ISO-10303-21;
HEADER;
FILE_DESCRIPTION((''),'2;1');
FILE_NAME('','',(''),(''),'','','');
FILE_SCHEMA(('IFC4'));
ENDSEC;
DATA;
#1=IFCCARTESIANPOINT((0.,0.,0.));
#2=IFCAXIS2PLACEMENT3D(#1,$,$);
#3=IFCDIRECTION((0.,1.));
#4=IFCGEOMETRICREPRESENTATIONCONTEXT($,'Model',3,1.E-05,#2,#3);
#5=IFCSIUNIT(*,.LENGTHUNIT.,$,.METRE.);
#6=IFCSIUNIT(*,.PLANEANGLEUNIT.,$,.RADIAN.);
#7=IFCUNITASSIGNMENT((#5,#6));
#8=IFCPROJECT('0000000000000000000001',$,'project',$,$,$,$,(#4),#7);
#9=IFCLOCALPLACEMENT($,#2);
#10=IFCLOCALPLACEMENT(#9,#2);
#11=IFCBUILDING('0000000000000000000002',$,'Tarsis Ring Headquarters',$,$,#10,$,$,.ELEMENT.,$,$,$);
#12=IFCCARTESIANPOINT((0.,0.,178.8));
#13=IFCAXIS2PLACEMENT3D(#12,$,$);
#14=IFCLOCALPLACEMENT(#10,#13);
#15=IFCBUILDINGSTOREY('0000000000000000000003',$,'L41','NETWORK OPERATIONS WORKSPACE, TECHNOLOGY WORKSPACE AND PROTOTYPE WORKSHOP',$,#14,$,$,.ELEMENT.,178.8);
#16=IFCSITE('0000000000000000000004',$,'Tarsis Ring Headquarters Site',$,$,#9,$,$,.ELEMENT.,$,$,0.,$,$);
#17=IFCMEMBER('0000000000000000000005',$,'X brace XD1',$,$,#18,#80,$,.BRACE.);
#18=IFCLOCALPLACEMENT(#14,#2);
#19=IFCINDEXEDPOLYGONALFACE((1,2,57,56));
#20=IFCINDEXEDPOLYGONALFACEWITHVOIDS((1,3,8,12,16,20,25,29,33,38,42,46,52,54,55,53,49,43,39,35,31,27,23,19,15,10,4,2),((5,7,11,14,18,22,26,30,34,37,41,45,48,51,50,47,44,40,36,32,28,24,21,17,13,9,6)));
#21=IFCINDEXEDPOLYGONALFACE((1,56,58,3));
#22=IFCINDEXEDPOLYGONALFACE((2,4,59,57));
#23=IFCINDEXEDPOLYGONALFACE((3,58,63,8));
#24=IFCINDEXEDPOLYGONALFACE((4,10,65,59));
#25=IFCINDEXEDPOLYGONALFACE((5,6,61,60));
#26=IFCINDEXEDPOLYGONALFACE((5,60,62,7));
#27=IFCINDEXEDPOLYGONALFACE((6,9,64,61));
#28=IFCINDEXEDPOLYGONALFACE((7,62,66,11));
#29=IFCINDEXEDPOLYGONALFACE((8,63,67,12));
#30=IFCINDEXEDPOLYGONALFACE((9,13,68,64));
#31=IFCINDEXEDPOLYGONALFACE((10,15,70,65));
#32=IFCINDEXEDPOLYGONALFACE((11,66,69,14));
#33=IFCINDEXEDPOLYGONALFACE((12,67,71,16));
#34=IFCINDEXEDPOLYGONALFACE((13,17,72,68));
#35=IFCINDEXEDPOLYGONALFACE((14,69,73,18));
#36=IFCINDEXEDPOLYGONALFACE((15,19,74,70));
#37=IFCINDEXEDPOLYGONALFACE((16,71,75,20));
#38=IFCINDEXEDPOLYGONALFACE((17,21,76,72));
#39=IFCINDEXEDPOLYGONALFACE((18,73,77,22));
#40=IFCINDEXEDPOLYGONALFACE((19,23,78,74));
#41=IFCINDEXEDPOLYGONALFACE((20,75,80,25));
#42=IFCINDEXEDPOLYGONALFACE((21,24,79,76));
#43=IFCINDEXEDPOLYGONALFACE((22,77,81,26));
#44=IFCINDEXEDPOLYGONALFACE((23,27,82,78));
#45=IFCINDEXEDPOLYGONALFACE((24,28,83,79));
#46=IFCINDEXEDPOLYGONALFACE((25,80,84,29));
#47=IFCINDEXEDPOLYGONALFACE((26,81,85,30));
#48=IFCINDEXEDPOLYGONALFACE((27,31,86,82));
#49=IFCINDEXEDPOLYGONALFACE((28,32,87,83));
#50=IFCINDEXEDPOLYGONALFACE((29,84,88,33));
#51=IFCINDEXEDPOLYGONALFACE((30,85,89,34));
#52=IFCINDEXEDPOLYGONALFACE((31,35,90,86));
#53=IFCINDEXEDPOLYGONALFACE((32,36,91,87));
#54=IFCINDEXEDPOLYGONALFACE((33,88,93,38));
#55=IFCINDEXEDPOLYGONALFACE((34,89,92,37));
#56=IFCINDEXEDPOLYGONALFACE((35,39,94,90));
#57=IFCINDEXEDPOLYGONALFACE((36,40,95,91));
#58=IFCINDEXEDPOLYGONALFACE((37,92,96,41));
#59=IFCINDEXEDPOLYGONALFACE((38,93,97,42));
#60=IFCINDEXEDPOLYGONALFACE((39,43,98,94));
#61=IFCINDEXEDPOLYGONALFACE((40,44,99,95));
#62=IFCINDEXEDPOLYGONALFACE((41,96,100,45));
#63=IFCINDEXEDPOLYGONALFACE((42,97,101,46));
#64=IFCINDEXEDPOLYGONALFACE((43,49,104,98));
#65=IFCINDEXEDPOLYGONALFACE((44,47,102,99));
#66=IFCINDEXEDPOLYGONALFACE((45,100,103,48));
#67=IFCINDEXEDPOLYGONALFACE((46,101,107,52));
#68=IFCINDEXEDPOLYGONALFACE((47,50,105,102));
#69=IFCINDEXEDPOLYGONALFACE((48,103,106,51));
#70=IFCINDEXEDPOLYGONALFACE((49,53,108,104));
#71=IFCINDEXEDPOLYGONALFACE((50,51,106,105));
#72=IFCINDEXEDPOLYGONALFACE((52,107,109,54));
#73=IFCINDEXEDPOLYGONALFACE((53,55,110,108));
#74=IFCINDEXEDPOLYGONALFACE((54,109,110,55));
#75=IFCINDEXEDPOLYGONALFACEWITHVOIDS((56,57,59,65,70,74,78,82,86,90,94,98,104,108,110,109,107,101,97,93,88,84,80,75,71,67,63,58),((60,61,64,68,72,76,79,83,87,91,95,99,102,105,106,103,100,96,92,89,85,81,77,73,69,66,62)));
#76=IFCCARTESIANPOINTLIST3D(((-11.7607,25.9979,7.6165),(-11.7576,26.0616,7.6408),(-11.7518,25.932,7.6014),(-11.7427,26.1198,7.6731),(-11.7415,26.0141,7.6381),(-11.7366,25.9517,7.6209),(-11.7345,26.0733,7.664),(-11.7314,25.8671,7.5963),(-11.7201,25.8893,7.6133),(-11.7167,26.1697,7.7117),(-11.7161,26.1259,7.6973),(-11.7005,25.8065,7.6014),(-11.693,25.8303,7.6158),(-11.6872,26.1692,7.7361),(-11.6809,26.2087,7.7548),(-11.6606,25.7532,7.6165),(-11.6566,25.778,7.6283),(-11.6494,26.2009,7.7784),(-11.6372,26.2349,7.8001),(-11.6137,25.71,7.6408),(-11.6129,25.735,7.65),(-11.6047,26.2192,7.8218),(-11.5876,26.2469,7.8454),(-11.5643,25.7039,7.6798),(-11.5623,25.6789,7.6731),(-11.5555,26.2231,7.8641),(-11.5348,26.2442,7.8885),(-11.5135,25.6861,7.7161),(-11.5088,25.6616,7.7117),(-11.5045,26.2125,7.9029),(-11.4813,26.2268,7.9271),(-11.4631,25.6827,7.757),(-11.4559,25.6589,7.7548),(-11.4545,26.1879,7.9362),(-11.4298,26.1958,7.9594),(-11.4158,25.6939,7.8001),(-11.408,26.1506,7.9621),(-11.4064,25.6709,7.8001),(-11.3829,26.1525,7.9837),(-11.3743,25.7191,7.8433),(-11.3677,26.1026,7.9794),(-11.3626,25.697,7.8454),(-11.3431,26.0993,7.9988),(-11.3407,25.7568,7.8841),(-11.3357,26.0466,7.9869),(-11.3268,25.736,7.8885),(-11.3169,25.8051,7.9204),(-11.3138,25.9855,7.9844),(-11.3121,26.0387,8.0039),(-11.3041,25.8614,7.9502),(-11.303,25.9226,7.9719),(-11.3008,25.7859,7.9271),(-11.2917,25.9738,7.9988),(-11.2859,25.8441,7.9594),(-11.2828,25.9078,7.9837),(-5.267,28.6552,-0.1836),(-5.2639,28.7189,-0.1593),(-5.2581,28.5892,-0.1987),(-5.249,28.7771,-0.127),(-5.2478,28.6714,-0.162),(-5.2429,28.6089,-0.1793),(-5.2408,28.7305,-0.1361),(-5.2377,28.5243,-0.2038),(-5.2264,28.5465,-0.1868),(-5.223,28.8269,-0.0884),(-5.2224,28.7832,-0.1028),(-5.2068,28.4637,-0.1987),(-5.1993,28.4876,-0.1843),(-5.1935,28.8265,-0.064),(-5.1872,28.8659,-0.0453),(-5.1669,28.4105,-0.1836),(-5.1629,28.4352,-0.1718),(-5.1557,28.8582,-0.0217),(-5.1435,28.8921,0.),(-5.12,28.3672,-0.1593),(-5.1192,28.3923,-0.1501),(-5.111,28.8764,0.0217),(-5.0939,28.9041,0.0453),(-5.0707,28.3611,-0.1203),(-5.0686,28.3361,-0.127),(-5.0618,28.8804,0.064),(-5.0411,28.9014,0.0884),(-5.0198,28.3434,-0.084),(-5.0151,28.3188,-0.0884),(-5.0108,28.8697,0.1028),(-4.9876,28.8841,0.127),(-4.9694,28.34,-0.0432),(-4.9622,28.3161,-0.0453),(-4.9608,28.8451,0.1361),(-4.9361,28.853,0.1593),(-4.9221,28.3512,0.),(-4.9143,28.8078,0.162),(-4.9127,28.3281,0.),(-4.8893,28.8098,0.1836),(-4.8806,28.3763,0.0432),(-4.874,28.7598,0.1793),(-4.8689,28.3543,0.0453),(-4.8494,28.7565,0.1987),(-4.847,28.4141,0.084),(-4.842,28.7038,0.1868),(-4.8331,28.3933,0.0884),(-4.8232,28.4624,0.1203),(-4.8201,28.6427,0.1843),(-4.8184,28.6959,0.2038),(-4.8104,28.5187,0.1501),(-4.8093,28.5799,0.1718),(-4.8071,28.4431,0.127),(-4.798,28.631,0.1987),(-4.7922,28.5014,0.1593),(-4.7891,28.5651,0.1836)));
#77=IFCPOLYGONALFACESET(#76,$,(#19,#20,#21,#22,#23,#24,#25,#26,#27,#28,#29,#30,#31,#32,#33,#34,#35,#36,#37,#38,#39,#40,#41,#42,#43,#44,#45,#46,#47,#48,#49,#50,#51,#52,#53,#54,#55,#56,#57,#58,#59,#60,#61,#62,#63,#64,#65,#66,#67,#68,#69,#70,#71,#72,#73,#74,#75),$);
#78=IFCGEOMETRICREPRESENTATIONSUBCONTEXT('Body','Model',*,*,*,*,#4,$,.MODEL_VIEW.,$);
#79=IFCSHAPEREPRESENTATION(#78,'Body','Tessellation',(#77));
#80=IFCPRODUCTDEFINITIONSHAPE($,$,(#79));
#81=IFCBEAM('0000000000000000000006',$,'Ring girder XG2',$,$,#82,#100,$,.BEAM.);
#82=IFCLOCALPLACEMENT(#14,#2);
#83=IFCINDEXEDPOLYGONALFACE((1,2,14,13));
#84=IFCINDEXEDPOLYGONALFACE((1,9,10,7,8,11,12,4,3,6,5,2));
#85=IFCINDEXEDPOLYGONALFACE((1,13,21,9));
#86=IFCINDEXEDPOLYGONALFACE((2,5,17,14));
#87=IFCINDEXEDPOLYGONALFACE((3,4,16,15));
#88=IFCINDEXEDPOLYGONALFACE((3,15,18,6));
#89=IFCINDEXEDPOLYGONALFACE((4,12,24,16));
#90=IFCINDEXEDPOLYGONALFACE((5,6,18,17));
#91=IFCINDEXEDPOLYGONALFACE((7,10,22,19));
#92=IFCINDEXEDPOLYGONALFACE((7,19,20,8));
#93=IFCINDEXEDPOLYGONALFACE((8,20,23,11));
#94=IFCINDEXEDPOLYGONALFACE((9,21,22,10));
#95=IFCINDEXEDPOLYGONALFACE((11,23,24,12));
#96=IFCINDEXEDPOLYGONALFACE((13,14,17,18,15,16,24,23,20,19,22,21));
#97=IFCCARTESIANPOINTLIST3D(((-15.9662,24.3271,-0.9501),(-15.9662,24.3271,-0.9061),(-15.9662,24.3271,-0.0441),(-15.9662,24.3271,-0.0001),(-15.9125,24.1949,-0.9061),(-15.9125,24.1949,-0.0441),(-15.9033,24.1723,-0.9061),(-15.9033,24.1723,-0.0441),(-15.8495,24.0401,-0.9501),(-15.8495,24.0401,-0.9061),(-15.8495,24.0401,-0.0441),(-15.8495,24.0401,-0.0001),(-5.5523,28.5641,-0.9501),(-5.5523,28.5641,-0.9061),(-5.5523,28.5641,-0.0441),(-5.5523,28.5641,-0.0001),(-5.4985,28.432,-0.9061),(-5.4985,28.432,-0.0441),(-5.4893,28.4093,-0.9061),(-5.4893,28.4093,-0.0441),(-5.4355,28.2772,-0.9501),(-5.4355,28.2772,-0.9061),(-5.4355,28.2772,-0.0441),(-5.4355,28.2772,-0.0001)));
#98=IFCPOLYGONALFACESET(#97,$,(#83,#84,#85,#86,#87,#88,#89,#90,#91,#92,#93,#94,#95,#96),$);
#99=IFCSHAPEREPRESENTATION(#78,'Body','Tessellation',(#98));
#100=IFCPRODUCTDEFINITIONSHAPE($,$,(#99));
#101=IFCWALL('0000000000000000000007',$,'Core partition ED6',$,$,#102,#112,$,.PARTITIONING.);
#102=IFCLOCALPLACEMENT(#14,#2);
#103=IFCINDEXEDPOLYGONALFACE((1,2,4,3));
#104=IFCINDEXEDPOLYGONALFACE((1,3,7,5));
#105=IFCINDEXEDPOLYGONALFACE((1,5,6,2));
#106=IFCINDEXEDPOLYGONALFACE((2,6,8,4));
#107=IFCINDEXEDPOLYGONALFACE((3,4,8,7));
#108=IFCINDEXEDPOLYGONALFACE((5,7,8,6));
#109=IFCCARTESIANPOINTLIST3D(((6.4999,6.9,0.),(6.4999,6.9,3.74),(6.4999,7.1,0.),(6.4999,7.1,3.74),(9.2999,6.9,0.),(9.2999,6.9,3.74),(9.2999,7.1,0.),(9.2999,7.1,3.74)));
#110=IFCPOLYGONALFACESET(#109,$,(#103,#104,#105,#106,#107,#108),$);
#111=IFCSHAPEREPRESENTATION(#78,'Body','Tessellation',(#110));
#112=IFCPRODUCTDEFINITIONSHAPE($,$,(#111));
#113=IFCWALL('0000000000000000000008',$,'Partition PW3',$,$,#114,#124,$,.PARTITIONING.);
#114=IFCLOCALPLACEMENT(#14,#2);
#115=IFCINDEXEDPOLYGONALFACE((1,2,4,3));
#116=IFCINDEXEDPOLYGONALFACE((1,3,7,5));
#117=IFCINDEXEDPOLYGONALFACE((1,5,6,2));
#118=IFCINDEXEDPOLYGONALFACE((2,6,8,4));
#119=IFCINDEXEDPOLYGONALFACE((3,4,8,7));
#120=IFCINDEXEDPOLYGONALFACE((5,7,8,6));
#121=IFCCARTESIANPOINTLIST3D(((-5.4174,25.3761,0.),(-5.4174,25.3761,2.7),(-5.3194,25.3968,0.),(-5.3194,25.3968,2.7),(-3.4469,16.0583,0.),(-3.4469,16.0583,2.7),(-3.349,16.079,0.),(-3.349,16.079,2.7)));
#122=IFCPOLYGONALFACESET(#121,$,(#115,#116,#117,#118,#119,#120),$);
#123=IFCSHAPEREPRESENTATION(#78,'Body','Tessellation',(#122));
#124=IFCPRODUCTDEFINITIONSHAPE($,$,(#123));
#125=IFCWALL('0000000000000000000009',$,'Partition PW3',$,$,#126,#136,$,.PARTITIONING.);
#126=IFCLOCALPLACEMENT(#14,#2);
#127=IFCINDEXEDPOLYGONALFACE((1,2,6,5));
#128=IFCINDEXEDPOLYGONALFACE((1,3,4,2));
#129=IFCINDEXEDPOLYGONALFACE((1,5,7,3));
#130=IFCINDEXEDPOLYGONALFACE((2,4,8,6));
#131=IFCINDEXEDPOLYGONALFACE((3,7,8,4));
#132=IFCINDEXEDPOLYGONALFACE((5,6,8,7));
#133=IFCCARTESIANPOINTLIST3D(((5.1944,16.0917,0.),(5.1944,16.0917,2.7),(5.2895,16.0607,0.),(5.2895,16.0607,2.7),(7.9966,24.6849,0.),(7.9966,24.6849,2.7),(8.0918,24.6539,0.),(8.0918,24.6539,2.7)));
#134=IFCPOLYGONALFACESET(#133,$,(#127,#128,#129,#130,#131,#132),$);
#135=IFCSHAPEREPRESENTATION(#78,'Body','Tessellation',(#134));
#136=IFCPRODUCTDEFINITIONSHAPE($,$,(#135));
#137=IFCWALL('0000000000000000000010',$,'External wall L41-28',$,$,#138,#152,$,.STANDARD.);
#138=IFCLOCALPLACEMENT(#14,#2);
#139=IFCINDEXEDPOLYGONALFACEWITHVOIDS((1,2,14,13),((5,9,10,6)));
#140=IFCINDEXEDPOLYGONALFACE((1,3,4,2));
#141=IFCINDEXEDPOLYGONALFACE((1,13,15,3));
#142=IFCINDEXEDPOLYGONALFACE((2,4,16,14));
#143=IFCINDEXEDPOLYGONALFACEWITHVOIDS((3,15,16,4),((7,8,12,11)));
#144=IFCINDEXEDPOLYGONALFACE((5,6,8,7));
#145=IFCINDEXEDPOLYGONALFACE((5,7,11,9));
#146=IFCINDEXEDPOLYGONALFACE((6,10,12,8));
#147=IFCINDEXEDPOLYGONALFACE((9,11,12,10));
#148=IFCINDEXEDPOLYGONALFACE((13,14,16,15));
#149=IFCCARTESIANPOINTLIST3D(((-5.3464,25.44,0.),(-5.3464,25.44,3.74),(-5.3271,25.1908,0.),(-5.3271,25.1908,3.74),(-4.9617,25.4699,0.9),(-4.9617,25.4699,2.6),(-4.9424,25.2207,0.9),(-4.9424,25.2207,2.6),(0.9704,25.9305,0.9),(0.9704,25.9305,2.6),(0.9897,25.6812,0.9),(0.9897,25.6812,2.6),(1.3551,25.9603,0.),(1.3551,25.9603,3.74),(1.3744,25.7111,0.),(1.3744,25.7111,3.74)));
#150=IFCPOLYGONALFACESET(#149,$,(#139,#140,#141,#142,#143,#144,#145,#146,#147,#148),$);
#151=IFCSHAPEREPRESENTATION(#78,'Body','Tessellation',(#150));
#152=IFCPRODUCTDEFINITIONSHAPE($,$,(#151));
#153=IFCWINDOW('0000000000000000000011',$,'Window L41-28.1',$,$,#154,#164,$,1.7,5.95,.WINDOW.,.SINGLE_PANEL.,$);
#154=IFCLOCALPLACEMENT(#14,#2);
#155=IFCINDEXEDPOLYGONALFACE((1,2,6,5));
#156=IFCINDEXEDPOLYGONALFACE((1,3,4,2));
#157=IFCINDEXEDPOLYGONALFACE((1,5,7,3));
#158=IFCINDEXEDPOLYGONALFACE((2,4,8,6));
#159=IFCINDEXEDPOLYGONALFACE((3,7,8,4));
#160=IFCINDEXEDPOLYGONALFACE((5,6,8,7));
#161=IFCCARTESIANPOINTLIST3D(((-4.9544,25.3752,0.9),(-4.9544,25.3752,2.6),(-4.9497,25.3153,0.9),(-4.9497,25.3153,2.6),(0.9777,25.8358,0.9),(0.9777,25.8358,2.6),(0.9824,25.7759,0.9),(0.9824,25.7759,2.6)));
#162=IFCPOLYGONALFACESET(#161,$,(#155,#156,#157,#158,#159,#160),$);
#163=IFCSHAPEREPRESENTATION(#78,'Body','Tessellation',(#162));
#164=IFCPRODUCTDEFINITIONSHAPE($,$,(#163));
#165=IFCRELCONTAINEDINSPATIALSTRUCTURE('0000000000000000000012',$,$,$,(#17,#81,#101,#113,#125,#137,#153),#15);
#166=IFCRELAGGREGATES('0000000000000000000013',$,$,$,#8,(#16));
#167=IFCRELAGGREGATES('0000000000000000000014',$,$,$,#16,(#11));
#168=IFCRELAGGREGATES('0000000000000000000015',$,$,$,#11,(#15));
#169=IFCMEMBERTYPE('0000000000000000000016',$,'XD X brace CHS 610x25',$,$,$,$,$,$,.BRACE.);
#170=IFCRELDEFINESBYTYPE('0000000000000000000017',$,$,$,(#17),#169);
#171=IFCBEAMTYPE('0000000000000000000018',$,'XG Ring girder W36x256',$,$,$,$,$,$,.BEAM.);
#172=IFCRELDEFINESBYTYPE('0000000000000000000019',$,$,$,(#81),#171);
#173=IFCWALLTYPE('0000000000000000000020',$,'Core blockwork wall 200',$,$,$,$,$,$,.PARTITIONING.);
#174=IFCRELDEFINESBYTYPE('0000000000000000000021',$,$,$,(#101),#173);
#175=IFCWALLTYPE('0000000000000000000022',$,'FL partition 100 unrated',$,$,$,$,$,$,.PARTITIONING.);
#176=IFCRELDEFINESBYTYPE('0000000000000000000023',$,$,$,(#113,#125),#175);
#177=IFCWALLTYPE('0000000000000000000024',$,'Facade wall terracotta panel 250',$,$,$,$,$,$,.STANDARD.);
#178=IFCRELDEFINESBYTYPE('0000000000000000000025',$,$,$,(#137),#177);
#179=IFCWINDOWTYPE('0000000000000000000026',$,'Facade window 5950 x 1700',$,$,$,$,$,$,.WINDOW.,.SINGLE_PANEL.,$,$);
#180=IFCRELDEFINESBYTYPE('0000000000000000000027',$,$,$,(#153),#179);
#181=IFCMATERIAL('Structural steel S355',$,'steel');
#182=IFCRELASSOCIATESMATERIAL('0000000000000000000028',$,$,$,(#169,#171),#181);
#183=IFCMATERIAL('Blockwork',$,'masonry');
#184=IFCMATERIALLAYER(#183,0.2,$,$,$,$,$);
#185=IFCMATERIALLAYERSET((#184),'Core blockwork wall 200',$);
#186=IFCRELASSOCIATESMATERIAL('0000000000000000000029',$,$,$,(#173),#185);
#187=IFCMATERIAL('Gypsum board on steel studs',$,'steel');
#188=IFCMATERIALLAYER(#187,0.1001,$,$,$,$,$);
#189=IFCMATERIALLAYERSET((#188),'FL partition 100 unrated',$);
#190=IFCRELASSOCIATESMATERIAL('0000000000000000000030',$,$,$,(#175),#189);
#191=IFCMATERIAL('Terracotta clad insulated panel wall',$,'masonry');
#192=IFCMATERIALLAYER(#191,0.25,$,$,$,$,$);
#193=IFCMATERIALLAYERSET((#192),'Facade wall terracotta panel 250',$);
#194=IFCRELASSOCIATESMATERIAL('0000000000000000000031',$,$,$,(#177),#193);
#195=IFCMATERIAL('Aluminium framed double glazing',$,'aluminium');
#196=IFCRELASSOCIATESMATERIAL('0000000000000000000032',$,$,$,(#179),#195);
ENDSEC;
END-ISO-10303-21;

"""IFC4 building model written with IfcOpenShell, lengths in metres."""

from ifc_helpers import new_model, si_unit, direction, frame, frame_2d, origin, origin_2d, place, context, subcontext, project, spatial, rectangle, hollow_circle, i_section, extrude, material, layer, layer_set, material_profile, profile_set, type_object, element, fill, save


model = new_model("IFC4")

# Units and contexts
model_context = context("Model", 3, precision=1e-05, world=origin(), true_north=direction((0.0, 1.0)))
body_context = subcontext(model_context, "Body", "Model", "MODEL_VIEW")
ifc_project = project(units=[si_unit("LENGTHUNIT", "METRE"), si_unit("PLANEANGLEUNIT", "RADIAN")], contexts=[model_context])

# Site, building, storey
site_placement = place(None, origin())
site = spatial("IfcSite", under=ifc_project, at=site_placement, Name="Tarsis Ring Headquarters Site", CompositionType="ELEMENT", RefElevation=0.0)
building_placement = place(site_placement, origin())
building = spatial("IfcBuilding", under=site, at=building_placement, Name="Tarsis Ring Headquarters", CompositionType="ELEMENT")
storey_placement = place(building_placement, frame((0.0, 0.0, 178.8)))
storey = spatial("IfcBuildingStorey", under=building, at=storey_placement, Name="L41", Description="NETWORK OPERATIONS WORKSPACE, TECHNOLOGY WORKSPACE AND PROTOTYPE WORKSHOP", CompositionType="ELEMENT", Elevation=178.8)

# Shared definitions
ifc_material_1 = material(Name="Structural steel S355", Category="steel")

# Member
ifc_material_profile_1 = material_profile(ifc_material_1, hollow_circle(Radius=0.3047, WallThickness=0.0249, at=origin_2d()), Name="CHS 610x25")
ifc_profile_set_1 = profile_set([ifc_material_profile_1], Name="Structural steel S355")
member_type = type_object("IfcMemberType", Name="XD X brace CHS 610x25", PredefinedType="BRACE", material=ifc_profile_set_1)
member_placement = place(storey_placement, frame((-5.0281, 28.6101, 0.0), z_axis=(-0.618951, -0.253277, 0.743472), x_axis=(0.378722, -0.92551, 0.0)))
element("IfcMember", 1, at=member_placement, inside=storey, type_object=member_type, Name="X brace XD1", PredefinedType="BRACE", context=body_context, shape_type="SweptSolid", body=[
    extrude(hollow_circle(Radius=0.3047, WallThickness=0.0249, at=origin_2d()), origin(), (0.0, 0.0, 1.0), 10.4915),
])

# Beam
ifc_material_profile_2 = material_profile(ifc_material_1, i_section(OverallWidth=0.3098, OverallDepth=0.95, WebThickness=0.0244, FlangeThickness=0.0439, at=origin_2d()), Name="W36x256")
ifc_profile_set_2 = profile_set([ifc_material_profile_2], Name="Structural steel S355")
beam_type_1 = type_object("IfcBeamType", Name="XG Ring girder W36x256", PredefinedType="BEAM", material=ifc_profile_set_2)
beam_1_placement = place(storey_placement, frame((-5.4939, 28.4207, -0.4751), z_axis=(-0.92627, -0.376862, 0.0), x_axis=(0.376862, -0.92627, 0.0)))
element("IfcBeam", 2, at=beam_1_placement, inside=storey, type_object=beam_type_1, Name="Ring girder XG2", PredefinedType="BEAM", context=body_context, shape_type="SweptSolid", body=[
    extrude(i_section(OverallWidth=0.3098, OverallDepth=0.95, WebThickness=0.0244, FlangeThickness=0.0439, at=origin_2d()), origin(), (0.0, 0.0, 1.0), 11.2429),
])

# Walls
ifc_material_2 = material(Name="Blockwork", Category="masonry")
ifc_layer_1 = layer(ifc_material_2, 0.2)
ifc_layer_set_1 = layer_set([ifc_layer_1], Name="Core blockwork wall 200")
wall_type_1 = type_object("IfcWallType", Name="Core blockwork wall 200", PredefinedType="PARTITIONING", material=ifc_layer_set_1)
wall_1_placement = place(storey_placement, frame((6.5, 7.0, 0.0), z_axis=(0.0, 0.0, 1.0), x_axis=(1.0, 0.0, 0.0)))
element("IfcWall", 3, at=wall_1_placement, inside=storey, type_object=wall_type_1, Name="Core partition ED6", PredefinedType="PARTITIONING", context=body_context, shape_type="SweptSolid", body=[
    extrude(rectangle(XDim=2.8, YDim=0.2, at=frame_2d((1.3999, 0.0))), origin(), (0.0, 0.0, 1.0), 3.74),
])
ifc_material_3 = material(Name="Gypsum board on steel studs", Category="steel")
ifc_layer_2 = layer(ifc_material_3, 0.1001)
ifc_layer_set_2 = layer_set([ifc_layer_2], Name="FL partition 100 unrated")
wall_type_2 = type_object("IfcWallType", Name="FL partition 100 unrated", PredefinedType="PARTITIONING", material=ifc_layer_set_2)
wall_2_placement = place(storey_placement, frame((-5.3684, 25.3865, 0.0), z_axis=(0.0, 0.0, 1.0), x_axis=(0.206895, -0.978363, 0.0)))
element("IfcWall", 4, at=wall_2_placement, inside=storey, type_object=wall_type_2, Name="Partition PW3", PredefinedType="PARTITIONING", context=body_context, shape_type="SweptSolid", body=[
    extrude(rectangle(XDim=9.5239, YDim=0.1001, at=frame_2d((4.762, 0.0))), origin(), (0.0, 0.0, 1.0), 2.7),
])
wall_3_placement = place(storey_placement, frame((5.2419, 16.0762, 0.0), z_axis=(0.0, 0.0, 1.0), x_axis=(0.31003, 0.950727, 0.0)))
element("IfcWall", 5, at=wall_3_placement, inside=storey, type_object=wall_type_2, Name="Partition PW3", PredefinedType="PARTITIONING", context=body_context, shape_type="SweptSolid", body=[
    extrude(rectangle(XDim=9.0386, YDim=0.1001, at=frame_2d((4.5193, 0.0))), origin(), (0.0, 0.0, 1.0), 2.7),
])

# Wall, opening, window
ifc_material_4 = material(Name="Terracotta clad insulated panel wall", Category="masonry")
ifc_layer_3 = layer(ifc_material_4, 0.25)
ifc_layer_set_3 = layer_set([ifc_layer_3], Name="Facade wall terracotta panel 250")
wall_type_3 = type_object("IfcWallType", Name="Facade wall terracotta panel 250", PredefinedType="STANDARD", material=ifc_layer_set_3)
wall_4_placement = place(storey_placement, frame((1.3647, 25.8357, 0.0), z_axis=(0.0, 0.0, 1.0), x_axis=(-0.997, -0.077402, 0.0)))
wall_4 = element("IfcWall", 6, at=wall_4_placement, inside=storey, type_object=wall_type_3, Name="External wall L41-28", PredefinedType="STANDARD", context=body_context, shape_type="SweptSolid", body=[
    extrude(rectangle(XDim=6.7217, YDim=0.25, at=frame_2d((3.3608, 0.0))), origin(), (0.0, 0.0, 1.0), 3.74),
])
opening_1_placement = place(wall_4_placement, frame((0.3857, 0.0, 0.8999)))
opening_1 = element("IfcOpeningElement", 7, at=opening_1_placement, cuts=wall_4, PredefinedType="OPENING", context=body_context, shape_type="SweptSolid", body=[
    extrude(rectangle(XDim=5.95, YDim=1.7, at=frame_2d((2.9751, 0.8501))), frame((0.0, 0.135, 0.0), z_axis=(0.0, -1.0, 0.0), x_axis=(1.0, 0.0, 0.0)), (0.0, 0.0, 1.0), 0.27),
])
ifc_material_5 = material(Name="Aluminium framed double glazing", Category="aluminium")
window_type = type_object("IfcWindowType", Name="Facade window 5950 x 1700", PartitioningType="SINGLE_PANEL", PredefinedType="WINDOW", material=ifc_material_5)
window_1_placement = place(opening_1_placement, origin())
window_1 = element("IfcWindow", 8, at=window_1_placement, inside=storey, type_object=window_type, Name="Window L41-28.1", OverallHeight=1.7, OverallWidth=5.95, PartitioningType="SINGLE_PANEL", PredefinedType="WINDOW", context=body_context, shape_type="SweptSolid", body=[
    extrude(rectangle(XDim=5.95, YDim=1.7, at=frame_2d((2.9751, 0.8501))), frame((0.0, 0.03, 0.0), z_axis=(0.0, -1.0, 0.0), x_axis=(1.0, 0.0, 0.0)), (0.0, 0.0, 1.0), 0.0601),
])
fill(opening_1, window_1)

save(model, "model.ifc")
